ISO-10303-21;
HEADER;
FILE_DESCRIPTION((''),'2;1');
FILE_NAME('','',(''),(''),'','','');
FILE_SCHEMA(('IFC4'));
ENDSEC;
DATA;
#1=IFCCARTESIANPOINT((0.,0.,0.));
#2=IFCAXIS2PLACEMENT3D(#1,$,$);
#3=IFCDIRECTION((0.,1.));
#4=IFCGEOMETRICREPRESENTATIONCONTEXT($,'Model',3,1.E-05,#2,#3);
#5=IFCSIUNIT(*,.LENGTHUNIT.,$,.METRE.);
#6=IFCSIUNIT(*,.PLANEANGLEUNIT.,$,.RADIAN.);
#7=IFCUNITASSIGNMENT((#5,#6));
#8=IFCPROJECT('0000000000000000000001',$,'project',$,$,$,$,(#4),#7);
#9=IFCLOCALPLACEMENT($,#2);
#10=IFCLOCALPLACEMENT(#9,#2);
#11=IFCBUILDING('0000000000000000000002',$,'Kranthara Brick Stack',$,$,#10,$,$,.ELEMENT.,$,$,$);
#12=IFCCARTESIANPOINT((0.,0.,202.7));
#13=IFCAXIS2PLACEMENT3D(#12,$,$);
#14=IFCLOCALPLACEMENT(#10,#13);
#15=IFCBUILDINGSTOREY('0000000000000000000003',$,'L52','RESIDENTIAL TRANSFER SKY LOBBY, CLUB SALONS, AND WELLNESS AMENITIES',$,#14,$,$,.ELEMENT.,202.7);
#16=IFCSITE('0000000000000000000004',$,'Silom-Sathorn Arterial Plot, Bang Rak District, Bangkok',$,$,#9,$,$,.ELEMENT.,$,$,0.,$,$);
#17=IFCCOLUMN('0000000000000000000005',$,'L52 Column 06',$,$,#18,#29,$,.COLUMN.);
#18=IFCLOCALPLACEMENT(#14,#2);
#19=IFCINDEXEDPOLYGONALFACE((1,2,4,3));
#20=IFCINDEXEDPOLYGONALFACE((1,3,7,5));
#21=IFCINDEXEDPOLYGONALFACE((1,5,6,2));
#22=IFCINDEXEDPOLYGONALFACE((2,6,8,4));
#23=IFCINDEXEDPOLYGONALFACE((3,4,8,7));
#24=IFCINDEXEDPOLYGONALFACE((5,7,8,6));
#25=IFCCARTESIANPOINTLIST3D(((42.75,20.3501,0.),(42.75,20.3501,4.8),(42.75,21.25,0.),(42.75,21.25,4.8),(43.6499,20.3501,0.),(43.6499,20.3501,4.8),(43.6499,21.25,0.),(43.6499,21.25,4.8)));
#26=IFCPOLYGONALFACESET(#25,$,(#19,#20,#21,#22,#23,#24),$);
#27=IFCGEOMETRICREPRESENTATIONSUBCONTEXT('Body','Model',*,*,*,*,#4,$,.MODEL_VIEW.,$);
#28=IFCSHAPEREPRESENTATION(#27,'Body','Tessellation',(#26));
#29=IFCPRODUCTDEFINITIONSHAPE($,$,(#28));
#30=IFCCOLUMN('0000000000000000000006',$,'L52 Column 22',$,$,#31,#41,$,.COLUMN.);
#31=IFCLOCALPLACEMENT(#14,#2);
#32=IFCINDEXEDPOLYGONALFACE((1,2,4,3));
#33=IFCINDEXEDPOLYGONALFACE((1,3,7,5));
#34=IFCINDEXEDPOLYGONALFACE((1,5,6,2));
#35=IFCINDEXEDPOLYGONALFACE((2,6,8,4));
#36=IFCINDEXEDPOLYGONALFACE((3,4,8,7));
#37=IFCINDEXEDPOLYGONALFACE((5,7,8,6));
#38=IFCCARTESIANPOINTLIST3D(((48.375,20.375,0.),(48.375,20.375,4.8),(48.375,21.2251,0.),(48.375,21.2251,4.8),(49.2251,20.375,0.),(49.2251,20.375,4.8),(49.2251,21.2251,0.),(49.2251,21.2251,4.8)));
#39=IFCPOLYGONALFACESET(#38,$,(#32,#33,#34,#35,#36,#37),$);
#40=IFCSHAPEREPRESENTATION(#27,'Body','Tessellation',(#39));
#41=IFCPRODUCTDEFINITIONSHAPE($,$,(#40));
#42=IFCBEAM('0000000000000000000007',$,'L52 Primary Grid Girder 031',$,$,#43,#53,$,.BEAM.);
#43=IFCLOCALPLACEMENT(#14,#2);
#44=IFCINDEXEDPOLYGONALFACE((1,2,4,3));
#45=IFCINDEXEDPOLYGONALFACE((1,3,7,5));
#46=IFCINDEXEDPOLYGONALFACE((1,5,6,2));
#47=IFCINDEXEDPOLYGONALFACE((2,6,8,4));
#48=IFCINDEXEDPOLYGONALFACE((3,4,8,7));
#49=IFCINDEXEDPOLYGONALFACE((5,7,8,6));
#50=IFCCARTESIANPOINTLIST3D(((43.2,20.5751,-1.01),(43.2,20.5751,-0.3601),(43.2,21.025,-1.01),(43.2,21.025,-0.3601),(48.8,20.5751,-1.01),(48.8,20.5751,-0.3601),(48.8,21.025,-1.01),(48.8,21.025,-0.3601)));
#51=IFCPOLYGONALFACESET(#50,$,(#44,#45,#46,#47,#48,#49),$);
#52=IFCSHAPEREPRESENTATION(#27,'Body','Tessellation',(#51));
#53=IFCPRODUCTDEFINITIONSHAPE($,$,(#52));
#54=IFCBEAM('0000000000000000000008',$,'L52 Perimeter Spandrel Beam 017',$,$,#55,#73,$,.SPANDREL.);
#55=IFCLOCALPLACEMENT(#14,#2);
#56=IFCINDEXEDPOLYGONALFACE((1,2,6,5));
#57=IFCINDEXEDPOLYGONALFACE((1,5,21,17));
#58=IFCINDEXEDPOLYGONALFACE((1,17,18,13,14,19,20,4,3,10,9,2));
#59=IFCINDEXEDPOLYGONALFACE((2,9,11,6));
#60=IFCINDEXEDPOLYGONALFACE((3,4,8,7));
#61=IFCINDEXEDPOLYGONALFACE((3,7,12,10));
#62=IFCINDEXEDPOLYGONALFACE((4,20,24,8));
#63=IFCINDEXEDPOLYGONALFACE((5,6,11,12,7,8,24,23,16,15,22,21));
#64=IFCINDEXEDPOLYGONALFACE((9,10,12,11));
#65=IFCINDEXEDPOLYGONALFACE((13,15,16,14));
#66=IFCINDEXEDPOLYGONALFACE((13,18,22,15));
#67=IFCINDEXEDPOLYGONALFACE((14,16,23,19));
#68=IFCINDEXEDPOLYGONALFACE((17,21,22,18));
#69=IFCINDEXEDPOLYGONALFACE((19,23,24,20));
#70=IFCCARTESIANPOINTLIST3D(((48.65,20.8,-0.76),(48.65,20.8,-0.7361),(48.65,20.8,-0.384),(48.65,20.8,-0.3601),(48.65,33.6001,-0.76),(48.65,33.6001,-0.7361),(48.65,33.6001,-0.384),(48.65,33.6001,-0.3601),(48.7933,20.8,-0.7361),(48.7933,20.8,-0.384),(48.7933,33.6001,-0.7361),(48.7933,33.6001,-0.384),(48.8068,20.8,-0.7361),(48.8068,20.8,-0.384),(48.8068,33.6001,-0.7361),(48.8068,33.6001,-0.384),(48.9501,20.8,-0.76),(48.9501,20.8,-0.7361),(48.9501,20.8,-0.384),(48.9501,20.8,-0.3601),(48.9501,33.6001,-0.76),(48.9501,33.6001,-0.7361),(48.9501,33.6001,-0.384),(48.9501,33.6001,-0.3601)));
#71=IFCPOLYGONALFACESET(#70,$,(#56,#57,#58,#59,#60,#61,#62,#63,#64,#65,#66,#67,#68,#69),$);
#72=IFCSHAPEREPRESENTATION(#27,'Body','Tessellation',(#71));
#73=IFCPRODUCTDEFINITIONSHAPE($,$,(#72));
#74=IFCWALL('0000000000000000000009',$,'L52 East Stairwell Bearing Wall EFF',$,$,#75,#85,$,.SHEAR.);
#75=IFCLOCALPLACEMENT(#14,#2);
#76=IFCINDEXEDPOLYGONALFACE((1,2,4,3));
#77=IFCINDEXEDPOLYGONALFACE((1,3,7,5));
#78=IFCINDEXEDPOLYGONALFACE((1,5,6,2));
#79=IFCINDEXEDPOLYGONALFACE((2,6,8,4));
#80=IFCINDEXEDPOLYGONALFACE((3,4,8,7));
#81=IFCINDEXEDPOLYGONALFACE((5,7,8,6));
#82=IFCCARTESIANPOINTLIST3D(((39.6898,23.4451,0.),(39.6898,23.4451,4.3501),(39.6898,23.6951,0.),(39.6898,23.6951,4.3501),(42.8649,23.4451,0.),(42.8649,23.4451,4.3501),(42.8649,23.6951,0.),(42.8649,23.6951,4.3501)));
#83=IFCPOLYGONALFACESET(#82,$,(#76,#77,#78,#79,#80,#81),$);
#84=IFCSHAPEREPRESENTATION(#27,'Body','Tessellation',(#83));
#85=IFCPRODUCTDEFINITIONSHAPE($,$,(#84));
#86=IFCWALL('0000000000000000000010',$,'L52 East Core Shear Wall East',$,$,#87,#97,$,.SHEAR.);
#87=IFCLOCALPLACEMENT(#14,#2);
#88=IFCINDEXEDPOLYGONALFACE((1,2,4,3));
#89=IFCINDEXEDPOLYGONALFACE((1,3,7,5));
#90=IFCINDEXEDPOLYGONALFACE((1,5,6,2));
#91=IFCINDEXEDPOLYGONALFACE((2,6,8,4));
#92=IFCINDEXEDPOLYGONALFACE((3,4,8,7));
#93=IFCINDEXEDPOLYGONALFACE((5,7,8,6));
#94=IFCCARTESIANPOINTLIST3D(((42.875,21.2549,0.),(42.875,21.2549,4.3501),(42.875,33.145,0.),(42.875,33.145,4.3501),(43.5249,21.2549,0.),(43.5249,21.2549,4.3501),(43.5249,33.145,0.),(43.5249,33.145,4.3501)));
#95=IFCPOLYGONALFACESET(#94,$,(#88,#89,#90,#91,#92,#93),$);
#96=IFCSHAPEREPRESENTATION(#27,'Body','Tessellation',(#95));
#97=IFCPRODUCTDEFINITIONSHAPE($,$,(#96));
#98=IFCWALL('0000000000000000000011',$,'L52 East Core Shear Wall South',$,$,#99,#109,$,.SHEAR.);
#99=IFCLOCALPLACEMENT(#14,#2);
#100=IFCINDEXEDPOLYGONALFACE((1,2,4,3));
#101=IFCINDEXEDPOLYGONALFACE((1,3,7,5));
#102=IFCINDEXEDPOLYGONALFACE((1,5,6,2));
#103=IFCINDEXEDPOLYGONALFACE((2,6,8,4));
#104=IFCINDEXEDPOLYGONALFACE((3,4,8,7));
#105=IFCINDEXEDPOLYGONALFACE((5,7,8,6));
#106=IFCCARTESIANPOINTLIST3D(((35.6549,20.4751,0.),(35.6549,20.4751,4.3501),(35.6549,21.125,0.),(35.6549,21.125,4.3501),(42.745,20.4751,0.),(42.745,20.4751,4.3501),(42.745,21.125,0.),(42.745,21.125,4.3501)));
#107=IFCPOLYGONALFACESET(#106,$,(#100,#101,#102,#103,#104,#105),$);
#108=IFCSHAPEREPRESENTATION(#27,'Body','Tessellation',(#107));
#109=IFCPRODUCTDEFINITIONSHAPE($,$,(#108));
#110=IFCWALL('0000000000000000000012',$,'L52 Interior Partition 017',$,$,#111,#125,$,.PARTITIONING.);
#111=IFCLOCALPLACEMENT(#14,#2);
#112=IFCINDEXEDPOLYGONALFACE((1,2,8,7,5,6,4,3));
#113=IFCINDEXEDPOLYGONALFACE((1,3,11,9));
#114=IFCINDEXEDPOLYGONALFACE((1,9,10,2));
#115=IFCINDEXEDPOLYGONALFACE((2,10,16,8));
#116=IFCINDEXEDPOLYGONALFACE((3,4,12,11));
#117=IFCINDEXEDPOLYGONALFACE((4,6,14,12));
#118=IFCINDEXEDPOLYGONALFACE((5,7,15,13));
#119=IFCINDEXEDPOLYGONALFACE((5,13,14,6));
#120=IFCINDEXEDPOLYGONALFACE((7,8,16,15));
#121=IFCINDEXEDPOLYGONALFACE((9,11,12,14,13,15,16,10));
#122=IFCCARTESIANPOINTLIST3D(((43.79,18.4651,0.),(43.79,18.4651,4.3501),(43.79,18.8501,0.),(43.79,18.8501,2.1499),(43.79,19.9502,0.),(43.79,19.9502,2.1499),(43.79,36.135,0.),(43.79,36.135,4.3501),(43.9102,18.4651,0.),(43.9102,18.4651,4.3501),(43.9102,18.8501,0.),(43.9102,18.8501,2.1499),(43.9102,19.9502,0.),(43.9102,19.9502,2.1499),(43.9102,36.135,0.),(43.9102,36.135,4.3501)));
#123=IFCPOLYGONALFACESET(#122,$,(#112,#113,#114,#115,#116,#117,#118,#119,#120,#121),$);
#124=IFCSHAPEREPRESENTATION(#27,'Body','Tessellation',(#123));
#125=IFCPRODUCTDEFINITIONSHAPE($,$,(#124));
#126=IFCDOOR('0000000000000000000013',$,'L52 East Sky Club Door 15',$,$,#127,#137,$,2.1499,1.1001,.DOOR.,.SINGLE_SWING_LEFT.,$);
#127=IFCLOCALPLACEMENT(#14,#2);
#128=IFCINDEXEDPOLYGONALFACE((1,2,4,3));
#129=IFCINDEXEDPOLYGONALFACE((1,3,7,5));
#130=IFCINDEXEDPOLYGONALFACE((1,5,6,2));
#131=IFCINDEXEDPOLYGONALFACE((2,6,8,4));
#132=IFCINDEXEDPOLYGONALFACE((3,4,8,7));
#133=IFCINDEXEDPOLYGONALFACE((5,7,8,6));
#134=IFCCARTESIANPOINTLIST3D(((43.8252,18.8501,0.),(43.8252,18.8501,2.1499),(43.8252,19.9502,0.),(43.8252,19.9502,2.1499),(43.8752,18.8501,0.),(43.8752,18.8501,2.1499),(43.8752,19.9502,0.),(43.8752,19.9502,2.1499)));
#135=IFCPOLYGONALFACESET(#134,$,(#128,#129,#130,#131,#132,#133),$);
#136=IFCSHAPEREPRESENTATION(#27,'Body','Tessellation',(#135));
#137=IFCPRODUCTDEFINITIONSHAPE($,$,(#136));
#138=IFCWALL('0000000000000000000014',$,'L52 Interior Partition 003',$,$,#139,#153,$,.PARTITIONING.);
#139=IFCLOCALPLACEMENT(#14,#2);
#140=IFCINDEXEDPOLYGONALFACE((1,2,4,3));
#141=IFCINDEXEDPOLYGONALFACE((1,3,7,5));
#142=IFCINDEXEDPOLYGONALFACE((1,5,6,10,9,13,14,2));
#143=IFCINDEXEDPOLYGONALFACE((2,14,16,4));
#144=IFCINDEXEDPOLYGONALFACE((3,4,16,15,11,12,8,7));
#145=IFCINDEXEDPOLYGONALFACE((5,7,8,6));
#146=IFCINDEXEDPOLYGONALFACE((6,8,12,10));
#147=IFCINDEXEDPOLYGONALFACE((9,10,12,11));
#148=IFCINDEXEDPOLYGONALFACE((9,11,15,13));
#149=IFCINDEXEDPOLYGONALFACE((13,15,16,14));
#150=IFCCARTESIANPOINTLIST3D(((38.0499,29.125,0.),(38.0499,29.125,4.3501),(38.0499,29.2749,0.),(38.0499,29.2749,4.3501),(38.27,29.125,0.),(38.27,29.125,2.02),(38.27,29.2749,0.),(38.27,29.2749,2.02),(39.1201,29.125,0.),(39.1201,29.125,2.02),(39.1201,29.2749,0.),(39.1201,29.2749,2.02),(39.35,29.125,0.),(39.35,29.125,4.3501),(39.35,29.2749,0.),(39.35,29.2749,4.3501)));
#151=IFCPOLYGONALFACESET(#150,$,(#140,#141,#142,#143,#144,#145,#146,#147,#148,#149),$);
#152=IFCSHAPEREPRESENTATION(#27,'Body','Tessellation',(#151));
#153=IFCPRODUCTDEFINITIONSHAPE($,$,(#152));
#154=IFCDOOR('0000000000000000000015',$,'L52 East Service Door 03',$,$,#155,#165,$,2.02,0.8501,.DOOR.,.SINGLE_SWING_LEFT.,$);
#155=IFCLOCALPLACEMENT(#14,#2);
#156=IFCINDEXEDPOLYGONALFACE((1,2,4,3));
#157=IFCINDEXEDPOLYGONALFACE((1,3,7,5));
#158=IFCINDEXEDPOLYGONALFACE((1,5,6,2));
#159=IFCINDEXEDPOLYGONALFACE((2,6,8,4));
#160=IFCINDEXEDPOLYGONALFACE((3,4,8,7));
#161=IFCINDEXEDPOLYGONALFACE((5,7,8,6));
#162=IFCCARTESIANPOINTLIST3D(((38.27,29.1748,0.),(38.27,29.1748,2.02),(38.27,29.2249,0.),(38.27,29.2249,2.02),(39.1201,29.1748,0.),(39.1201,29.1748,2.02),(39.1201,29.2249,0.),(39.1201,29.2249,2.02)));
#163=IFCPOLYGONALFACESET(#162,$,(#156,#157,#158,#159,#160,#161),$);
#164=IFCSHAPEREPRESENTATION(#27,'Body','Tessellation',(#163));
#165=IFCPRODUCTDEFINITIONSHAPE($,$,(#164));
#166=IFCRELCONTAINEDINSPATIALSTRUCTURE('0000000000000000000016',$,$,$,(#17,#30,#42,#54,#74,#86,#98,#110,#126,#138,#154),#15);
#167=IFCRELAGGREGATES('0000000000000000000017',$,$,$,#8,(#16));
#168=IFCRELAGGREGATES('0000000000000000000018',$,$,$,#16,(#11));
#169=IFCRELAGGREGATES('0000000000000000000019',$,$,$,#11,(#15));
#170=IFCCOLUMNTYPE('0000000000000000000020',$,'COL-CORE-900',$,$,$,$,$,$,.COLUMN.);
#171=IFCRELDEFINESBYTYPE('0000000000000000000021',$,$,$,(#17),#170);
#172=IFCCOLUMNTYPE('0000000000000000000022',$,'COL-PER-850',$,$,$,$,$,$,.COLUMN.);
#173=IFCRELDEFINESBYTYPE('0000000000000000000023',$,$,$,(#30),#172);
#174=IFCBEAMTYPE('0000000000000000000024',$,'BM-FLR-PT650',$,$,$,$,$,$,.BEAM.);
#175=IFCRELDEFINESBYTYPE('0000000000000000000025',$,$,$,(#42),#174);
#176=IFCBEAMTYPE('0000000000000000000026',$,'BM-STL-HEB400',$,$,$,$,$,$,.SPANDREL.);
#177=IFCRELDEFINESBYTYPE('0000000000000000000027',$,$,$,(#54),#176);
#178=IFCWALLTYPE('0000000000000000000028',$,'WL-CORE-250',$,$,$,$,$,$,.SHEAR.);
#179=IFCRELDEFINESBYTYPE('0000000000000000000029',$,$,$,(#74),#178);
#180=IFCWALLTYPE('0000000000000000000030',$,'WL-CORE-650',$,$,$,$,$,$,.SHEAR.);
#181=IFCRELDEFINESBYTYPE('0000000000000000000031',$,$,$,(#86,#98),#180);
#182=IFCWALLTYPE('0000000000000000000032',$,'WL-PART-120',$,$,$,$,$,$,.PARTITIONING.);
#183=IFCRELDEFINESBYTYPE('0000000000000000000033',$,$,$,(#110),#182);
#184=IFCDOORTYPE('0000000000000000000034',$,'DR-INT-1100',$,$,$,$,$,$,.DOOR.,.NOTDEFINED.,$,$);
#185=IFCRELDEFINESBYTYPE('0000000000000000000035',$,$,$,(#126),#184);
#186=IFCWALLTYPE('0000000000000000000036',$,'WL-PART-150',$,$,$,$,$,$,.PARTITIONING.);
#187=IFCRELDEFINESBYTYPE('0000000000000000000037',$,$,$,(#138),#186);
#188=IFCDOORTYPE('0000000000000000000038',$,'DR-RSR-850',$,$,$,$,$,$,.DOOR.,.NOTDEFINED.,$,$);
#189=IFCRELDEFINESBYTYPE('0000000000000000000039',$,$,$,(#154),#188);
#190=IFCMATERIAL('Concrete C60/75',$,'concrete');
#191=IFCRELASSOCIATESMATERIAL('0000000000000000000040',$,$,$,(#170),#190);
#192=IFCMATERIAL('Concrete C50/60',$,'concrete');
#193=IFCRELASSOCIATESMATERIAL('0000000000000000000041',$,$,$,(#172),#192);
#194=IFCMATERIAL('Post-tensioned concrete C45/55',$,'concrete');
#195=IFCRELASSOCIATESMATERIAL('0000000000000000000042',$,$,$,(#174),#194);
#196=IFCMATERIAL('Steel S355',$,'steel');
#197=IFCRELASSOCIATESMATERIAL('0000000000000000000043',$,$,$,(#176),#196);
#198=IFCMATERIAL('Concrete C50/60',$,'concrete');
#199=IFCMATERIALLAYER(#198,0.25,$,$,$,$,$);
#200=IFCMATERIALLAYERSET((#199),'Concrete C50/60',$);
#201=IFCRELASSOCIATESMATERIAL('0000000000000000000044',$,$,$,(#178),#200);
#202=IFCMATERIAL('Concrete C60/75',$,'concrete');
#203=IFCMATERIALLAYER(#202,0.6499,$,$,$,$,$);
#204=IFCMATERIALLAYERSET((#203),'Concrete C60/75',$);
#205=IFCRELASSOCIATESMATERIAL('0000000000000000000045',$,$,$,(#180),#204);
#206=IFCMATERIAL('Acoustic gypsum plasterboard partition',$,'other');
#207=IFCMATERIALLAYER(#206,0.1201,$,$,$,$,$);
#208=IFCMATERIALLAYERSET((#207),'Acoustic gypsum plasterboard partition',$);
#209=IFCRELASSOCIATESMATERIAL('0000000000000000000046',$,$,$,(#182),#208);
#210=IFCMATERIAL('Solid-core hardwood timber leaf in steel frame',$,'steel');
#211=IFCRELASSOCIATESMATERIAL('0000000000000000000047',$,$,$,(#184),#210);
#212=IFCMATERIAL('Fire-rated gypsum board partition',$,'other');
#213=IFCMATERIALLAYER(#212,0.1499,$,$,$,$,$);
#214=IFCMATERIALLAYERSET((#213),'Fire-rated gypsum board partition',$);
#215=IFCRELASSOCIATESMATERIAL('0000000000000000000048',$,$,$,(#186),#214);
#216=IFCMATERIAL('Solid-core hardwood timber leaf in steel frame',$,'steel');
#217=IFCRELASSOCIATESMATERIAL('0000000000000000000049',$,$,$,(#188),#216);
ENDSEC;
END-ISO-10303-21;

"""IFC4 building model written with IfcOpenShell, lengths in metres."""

from ifc_helpers import new_model, si_unit, direction, frame, frame_2d, origin, origin_2d, place, context, subcontext, project, spatial, rectangle, i_section, extrude, material, layer, layer_set, material_profile, profile_set, type_object, element, fill, save


model = new_model("IFC4")

# Units and contexts
model_context = context("Model", 3, precision=1e-05, world=origin(), true_north=direction((0.0, 1.0)))
body_context = subcontext(model_context, "Body", "Model", "MODEL_VIEW")
ifc_project = project(units=[si_unit("LENGTHUNIT", "METRE"), si_unit("PLANEANGLEUNIT", "RADIAN")], contexts=[model_context])

# Site, building, storey
site_placement = place(None, origin())
site = spatial("IfcSite", under=ifc_project, at=site_placement, Name="Silom-Sathorn Arterial Plot, Bang Rak District, Bangkok", CompositionType="ELEMENT", RefElevation=0.0)
building_placement = place(site_placement, origin())
building = spatial("IfcBuilding", under=site, at=building_placement, Name="Kranthara Brick Stack", CompositionType="ELEMENT")
storey_placement = place(building_placement, frame((0.0, 0.0, 202.7)))
storey = spatial("IfcBuildingStorey", under=building, at=storey_placement, Name="L52", Description="RESIDENTIAL TRANSFER SKY LOBBY, CLUB SALONS, AND WELLNESS AMENITIES", CompositionType="ELEMENT", Elevation=202.7)

# Columns
ifc_material_1 = material(Name="Concrete C60/75", Category="concrete")
ifc_material_profile_1 = material_profile(ifc_material_1, rectangle(XDim=0.8999, YDim=0.8999, at=origin_2d()), Name="RC 900x900")
ifc_profile_set_1 = profile_set([ifc_material_profile_1], Name="Concrete C60/75")
column_type_1 = type_object("IfcColumnType", Name="COL-CORE-900", PredefinedType="COLUMN", material=ifc_profile_set_1)
column_1_placement = place(storey_placement, frame((43.2, 20.8, 0.0), z_axis=(0.0, 0.0, 1.0), x_axis=(1.0, 0.0, 0.0)))
element("IfcColumn", 1, at=column_1_placement, inside=storey, type_object=column_type_1, Name="L52 Column 06", PredefinedType="COLUMN", context=body_context, shape_type="SweptSolid", body=[
    extrude(rectangle(XDim=0.8999, YDim=0.8999, at=origin_2d()), origin(), (0.0, 0.0, 1.0), 4.8),
])
ifc_material_2 = material(Name="Concrete C50/60", Category="concrete")
ifc_material_profile_2 = material_profile(ifc_material_2, rectangle(XDim=0.8501, YDim=0.8501, at=origin_2d()), Name="RC 850x850")
ifc_profile_set_2 = profile_set([ifc_material_profile_2], Name="Concrete C50/60")
column_type_2 = type_object("IfcColumnType", Name="COL-PER-850", PredefinedType="COLUMN", material=ifc_profile_set_2)
column_2_placement = place(storey_placement, frame((48.8, 20.8, 0.0), z_axis=(0.0, 0.0, 1.0), x_axis=(1.0, 0.0, 0.0)))
element("IfcColumn", 2, at=column_2_placement, inside=storey, type_object=column_type_2, Name="L52 Column 22", PredefinedType="COLUMN", context=body_context, shape_type="SweptSolid", body=[
    extrude(rectangle(XDim=0.8501, YDim=0.8501, at=origin_2d()), origin(), (0.0, 0.0, 1.0), 4.8),
])

# Beams
ifc_material_3 = material(Name="Post-tensioned concrete C45/55", Category="concrete")
ifc_material_profile_3 = material_profile(ifc_material_3, rectangle(XDim=0.45, YDim=0.6499, at=origin_2d()), Name="PT 450x650")
ifc_profile_set_3 = profile_set([ifc_material_profile_3], Name="Post-tensioned concrete C45/55")
beam_type_1 = type_object("IfcBeamType", Name="BM-FLR-PT650", PredefinedType="BEAM", material=ifc_profile_set_3)
beam_1_placement = place(storey_placement, frame((43.2, 20.8, -0.6851), z_axis=(1.0, 0.0, 0.0), x_axis=(0.0, 1.0, 0.0)))
element("IfcBeam", 3, at=beam_1_placement, inside=storey, type_object=beam_type_1, Name="L52 Primary Grid Girder 031", PredefinedType="BEAM", context=body_context, shape_type="SweptSolid", body=[
    extrude(rectangle(XDim=0.45, YDim=0.6499, at=origin_2d()), origin(), (0.0, 0.0, 1.0), 5.6001),
])
ifc_material_4 = material(Name="Steel S355", Category="steel")
ifc_material_profile_4 = material_profile(ifc_material_4, i_section(OverallWidth=0.3, OverallDepth=0.3999, WebThickness=0.0134, FlangeThickness=0.0239, at=origin_2d()), Name="HEB 400")
ifc_profile_set_4 = profile_set([ifc_material_profile_4], Name="Steel S355")
beam_type_2 = type_object("IfcBeamType", Name="BM-STL-HEB400", PredefinedType="SPANDREL", material=ifc_profile_set_4)
beam_2_placement = place(storey_placement, frame((48.8, 20.8, -0.5601), z_axis=(0.0, 1.0, 0.0), x_axis=(-1.0, 0.0, 0.0)))
element("IfcBeam", 4, at=beam_2_placement, inside=storey, type_object=beam_type_2, Name="L52 Perimeter Spandrel Beam 017", PredefinedType="SPANDREL", context=body_context, shape_type="SweptSolid", body=[
    extrude(i_section(OverallWidth=0.3, OverallDepth=0.3999, WebThickness=0.0134, FlangeThickness=0.0239, at=origin_2d()), origin(), (0.0, 0.0, 1.0), 12.8),
])

# Shared definitions
ifc_material_5 = material(Name="Concrete C50/60", Category="concrete")
ifc_layer_1 = layer(ifc_material_5, 0.25)
ifc_layer_set_1 = layer_set([ifc_layer_1], Name="Concrete C50/60")
wall_type_1 = type_object("IfcWallType", Name="WL-CORE-250", PredefinedType="SHEAR", material=ifc_layer_set_1)

# Walls
wall_1_placement = place(storey_placement, frame((39.6899, 23.5701, 0.0), z_axis=(0.0, 0.0, 1.0), x_axis=(1.0, 0.0, 0.0)))
element("IfcWall", 5, at=wall_1_placement, inside=storey, type_object=wall_type_1, Name="L52 East Stairwell Bearing Wall EFF", PredefinedType="SHEAR", context=body_context, shape_type="SweptSolid", body=[
    extrude(rectangle(XDim=3.175, YDim=0.25, at=frame_2d((1.5874, 0.0))), origin(), (0.0, 0.0, 1.0), 4.3501),
])
ifc_material_6 = material(Name="Concrete C60/75", Category="concrete")
ifc_layer_2 = layer(ifc_material_6, 0.6499)
ifc_layer_set_2 = layer_set([ifc_layer_2], Name="Concrete C60/75")
wall_type_2 = type_object("IfcWallType", Name="WL-CORE-650", PredefinedType="SHEAR", material=ifc_layer_set_2)
wall_2_placement = place(storey_placement, frame((43.2, 21.2549, 0.0), z_axis=(0.0, 0.0, 1.0), x_axis=(0.0, 1.0, 0.0)))
element("IfcWall", 6, at=wall_2_placement, inside=storey, type_object=wall_type_2, Name="L52 East Core Shear Wall East", PredefinedType="SHEAR", context=body_context, shape_type="SweptSolid", body=[
    extrude(rectangle(XDim=11.8901, YDim=0.6499, at=frame_2d((5.9451, 0.0))), origin(), (0.0, 0.0, 1.0), 4.3501),
])
wall_3_placement = place(storey_placement, frame((35.655, 20.8, 0.0), z_axis=(0.0, 0.0, 1.0), x_axis=(1.0, 0.0, 0.0)))
element("IfcWall", 7, at=wall_3_placement, inside=storey, type_object=wall_type_2, Name="L52 East Core Shear Wall South", PredefinedType="SHEAR", context=body_context, shape_type="SweptSolid", body=[
    extrude(rectangle(XDim=7.0901, YDim=0.6499, at=frame_2d((3.5449, 0.0))), origin(), (0.0, 0.0, 1.0), 4.3501),
])

# Walls, openings, doors
ifc_material_7 = material(Name="Acoustic gypsum plasterboard partition", Category="other")
ifc_layer_3 = layer(ifc_material_7, 0.1201)
ifc_layer_set_3 = layer_set([ifc_layer_3], Name="Acoustic gypsum plasterboard partition")
wall_type_3 = type_object("IfcWallType", Name="WL-PART-120", PredefinedType="PARTITIONING", material=ifc_layer_set_3)
wall_4_placement = place(storey_placement, frame((43.8501, 18.4651, 0.0), z_axis=(0.0, 0.0, 1.0), x_axis=(0.0, 1.0, 0.0)))
wall_4 = element("IfcWall", 8, at=wall_4_placement, inside=storey, type_object=wall_type_3, Name="L52 Interior Partition 017", PredefinedType="PARTITIONING", context=body_context, shape_type="SweptSolid", body=[
    extrude(rectangle(XDim=17.6699, YDim=0.1201, at=frame_2d((8.835, 0.0))), origin(), (0.0, 0.0, 1.0), 4.3501),
])
opening_1_placement = place(wall_4_placement, frame((0.385, 0.0, 0.0)))
opening_1 = element("IfcOpeningElement", 9, at=opening_1_placement, cuts=wall_4, PredefinedType="OPENING", context=body_context, shape_type="SweptSolid", body=[
    extrude(rectangle(XDim=1.1001, YDim=2.1499, at=frame_2d((0.55, 1.075))), frame((0.0, 0.0701, 0.0), z_axis=(0.0, -1.0, 0.0), x_axis=(1.0, 0.0, 0.0)), (0.0, 0.0, 1.0), 0.1401),
])
ifc_material_8 = material(Name="Solid-core hardwood timber leaf in steel frame", Category="steel")
door_type_1 = type_object("IfcDoorType", Name="DR-INT-1100", OperationType="NOTDEFINED", PredefinedType="DOOR", material=ifc_material_8)
door_1_placement = place(opening_1_placement, origin())
door_1 = element("IfcDoor", 10, at=door_1_placement, inside=storey, type_object=door_type_1, Name="L52 East Sky Club Door 15", OperationType="SINGLE_SWING_LEFT", OverallHeight=2.1499, OverallWidth=1.1001, PredefinedType="DOOR", context=body_context, shape_type="SweptSolid", body=[
    extrude(rectangle(XDim=1.1001, YDim=2.1499, at=frame_2d((0.55, 1.075))), frame((0.0, 0.0249, 0.0), z_axis=(0.0, -1.0, 0.0), x_axis=(1.0, 0.0, 0.0)), (0.0, 0.0, 1.0), 0.05),
])
fill(opening_1, door_1)
ifc_material_9 = material(Name="Fire-rated gypsum board partition", Category="other")
ifc_layer_4 = layer(ifc_material_9, 0.1499)
ifc_layer_set_4 = layer_set([ifc_layer_4], Name="Fire-rated gypsum board partition")
wall_type_4 = type_object("IfcWallType", Name="WL-PART-150", PredefinedType="PARTITIONING", material=ifc_layer_set_4)
wall_5_placement = place(storey_placement, frame((38.05, 29.2, 0.0), z_axis=(0.0, 0.0, 1.0), x_axis=(1.0, 0.0, 0.0)))
wall_5 = element("IfcWall", 11, at=wall_5_placement, inside=storey, type_object=wall_type_4, Name="L52 Interior Partition 003", PredefinedType="PARTITIONING", context=body_context, shape_type="SweptSolid", body=[
    extrude(rectangle(XDim=1.3, YDim=0.1499, at=frame_2d((0.6499, 0.0))), origin(), (0.0, 0.0, 1.0), 4.3501),
])
opening_2_placement = place(wall_5_placement, frame((0.22, 0.0, 0.0)))
opening_2 = element("IfcOpeningElement", 12, at=opening_2_placement, cuts=wall_5, PredefinedType="OPENING", context=body_context, shape_type="SweptSolid", body=[
    extrude(rectangle(XDim=0.8501, YDim=2.02, at=frame_2d((0.425, 1.01))), frame((0.0, 0.085, 0.0), z_axis=(0.0, -1.0, 0.0), x_axis=(1.0, 0.0, 0.0)), (0.0, 0.0, 1.0), 0.1699),
])
ifc_material_10 = material(Name="Solid-core hardwood timber leaf in steel frame", Category="steel")
door_type_2 = type_object("IfcDoorType", Name="DR-RSR-850", OperationType="NOTDEFINED", PredefinedType="DOOR", material=ifc_material_10)
door_2_placement = place(opening_2_placement, origin())
door_2 = element("IfcDoor", 13, at=door_2_placement, inside=storey, type_object=door_type_2, Name="L52 East Service Door 03", OperationType="SINGLE_SWING_LEFT", OverallHeight=2.02, OverallWidth=0.8501, PredefinedType="DOOR", context=body_context, shape_type="SweptSolid", body=[
    extrude(rectangle(XDim=0.8501, YDim=2.02, at=frame_2d((0.425, 1.01))), frame((0.0, 0.0249, 0.0), z_axis=(0.0, -1.0, 0.0), x_axis=(1.0, 0.0, 0.0)), (0.0, 0.0, 1.0), 0.05),
])
fill(opening_2, door_2)

save(model, "model.ifc")
